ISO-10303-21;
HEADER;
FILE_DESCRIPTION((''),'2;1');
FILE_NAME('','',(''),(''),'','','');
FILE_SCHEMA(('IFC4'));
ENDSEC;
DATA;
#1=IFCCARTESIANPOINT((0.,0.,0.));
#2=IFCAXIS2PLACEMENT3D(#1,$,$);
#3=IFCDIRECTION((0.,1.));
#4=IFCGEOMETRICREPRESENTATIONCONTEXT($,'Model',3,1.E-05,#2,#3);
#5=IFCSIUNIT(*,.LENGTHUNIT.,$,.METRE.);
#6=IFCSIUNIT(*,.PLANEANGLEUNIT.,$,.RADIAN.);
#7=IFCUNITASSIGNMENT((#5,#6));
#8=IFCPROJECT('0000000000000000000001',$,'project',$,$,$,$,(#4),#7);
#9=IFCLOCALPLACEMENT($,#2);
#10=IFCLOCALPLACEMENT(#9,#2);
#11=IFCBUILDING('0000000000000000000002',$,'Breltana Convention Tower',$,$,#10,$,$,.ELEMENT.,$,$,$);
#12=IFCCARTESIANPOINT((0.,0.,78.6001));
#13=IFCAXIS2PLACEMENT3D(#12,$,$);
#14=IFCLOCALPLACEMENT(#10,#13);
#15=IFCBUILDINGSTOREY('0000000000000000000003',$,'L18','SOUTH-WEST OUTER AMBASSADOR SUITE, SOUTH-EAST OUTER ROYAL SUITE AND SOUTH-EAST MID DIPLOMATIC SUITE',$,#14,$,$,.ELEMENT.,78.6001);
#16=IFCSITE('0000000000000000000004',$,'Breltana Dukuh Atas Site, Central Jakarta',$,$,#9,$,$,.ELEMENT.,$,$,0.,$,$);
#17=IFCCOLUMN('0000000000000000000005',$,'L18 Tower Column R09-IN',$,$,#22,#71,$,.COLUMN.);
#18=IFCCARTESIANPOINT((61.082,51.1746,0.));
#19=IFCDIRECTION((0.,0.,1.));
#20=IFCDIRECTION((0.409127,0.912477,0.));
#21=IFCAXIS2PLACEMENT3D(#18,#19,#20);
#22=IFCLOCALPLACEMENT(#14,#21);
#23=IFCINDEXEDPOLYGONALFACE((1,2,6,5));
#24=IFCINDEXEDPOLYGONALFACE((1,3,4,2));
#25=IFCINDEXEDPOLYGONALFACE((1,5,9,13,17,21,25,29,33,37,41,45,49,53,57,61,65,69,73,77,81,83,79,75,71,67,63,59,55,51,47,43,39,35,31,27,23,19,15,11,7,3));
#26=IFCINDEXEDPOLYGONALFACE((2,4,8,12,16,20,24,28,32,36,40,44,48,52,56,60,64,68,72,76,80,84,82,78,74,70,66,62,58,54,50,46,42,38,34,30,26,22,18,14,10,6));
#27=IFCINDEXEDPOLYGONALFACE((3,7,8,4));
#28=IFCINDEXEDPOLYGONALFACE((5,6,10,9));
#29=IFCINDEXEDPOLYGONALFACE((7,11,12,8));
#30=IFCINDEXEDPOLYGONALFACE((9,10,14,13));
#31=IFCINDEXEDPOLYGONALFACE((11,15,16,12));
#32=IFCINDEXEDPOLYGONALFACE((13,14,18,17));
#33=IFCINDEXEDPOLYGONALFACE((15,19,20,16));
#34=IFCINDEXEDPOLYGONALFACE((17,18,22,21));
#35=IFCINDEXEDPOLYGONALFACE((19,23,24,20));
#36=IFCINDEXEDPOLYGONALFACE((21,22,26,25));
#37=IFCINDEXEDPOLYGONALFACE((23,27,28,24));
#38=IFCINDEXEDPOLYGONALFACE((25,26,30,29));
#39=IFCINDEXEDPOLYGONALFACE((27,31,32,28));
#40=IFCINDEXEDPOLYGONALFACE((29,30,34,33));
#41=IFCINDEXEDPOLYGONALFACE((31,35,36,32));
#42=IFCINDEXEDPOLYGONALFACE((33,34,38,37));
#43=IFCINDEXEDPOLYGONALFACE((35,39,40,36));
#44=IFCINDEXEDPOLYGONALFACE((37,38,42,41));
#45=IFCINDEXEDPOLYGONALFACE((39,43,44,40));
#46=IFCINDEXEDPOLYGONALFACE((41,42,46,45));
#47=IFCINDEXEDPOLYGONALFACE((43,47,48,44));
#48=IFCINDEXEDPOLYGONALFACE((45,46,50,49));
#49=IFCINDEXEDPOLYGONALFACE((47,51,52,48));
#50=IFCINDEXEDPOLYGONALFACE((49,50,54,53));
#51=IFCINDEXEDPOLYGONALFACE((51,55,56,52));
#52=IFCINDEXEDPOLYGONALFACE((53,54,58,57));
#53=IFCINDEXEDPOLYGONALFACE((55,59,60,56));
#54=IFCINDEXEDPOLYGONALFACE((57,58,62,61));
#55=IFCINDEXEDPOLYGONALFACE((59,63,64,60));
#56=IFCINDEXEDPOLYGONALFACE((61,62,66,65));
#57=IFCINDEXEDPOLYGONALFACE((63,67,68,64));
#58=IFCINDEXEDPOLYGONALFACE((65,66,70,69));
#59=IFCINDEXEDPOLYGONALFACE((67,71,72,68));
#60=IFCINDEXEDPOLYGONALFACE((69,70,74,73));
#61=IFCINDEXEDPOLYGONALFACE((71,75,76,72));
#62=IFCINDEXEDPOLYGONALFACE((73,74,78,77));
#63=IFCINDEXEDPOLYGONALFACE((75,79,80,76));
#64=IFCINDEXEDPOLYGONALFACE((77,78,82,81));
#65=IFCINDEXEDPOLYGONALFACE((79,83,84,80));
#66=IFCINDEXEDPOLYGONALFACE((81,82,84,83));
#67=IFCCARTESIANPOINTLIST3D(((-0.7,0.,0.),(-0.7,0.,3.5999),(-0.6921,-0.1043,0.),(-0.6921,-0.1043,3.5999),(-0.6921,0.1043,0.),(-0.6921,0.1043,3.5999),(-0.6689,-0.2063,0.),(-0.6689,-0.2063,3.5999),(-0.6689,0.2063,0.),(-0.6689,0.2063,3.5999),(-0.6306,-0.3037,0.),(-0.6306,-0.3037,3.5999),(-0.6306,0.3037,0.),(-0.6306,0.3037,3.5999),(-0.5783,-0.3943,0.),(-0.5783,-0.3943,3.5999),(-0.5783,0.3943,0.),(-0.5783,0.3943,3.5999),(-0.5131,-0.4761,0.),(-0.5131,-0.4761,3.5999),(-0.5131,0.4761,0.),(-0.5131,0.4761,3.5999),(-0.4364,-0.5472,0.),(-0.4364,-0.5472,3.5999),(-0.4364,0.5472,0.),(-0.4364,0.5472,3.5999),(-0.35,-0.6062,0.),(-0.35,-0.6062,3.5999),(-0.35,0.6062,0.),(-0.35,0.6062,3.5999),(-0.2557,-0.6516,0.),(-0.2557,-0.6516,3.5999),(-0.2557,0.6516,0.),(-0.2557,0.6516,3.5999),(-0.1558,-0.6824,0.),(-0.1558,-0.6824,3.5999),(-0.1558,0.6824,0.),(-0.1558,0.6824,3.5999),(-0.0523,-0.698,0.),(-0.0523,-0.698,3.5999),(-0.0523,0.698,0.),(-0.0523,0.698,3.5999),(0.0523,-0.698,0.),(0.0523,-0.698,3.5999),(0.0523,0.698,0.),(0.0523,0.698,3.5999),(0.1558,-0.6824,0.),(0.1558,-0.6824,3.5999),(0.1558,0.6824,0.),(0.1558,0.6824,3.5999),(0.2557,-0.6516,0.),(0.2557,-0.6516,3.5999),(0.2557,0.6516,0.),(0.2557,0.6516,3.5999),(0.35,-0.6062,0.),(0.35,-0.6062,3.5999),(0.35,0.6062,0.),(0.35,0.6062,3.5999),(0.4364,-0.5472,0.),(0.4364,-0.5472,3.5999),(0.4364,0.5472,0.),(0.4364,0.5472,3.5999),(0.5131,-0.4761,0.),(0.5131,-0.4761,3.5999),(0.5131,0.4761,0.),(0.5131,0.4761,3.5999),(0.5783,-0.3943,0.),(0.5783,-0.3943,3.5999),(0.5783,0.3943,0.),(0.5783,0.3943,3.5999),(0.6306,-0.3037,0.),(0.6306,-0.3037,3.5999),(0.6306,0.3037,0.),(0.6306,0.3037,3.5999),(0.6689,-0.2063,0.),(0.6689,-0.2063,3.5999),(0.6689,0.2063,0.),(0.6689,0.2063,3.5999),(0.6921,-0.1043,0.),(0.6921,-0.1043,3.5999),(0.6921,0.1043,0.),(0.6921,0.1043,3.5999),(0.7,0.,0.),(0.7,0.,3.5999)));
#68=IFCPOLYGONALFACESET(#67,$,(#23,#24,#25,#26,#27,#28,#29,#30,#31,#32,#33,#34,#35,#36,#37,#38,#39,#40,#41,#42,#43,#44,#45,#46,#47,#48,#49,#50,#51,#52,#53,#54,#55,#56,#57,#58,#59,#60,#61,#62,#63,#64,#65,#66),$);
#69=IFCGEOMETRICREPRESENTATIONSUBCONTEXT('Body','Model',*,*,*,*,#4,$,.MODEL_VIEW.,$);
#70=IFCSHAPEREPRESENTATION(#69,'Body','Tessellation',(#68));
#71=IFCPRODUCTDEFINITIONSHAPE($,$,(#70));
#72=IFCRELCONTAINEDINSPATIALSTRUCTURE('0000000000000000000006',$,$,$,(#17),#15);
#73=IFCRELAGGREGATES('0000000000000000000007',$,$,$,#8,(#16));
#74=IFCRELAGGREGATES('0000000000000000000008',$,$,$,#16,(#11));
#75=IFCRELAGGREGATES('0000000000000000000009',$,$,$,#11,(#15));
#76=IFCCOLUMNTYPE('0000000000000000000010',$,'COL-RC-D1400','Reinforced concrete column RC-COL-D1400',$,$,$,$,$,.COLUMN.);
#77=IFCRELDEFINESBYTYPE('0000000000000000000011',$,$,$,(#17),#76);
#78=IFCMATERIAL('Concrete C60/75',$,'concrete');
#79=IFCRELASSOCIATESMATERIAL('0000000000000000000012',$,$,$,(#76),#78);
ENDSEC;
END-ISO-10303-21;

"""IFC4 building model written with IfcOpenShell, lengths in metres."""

from ifc_helpers import new_model, si_unit, direction, frame, origin, origin_2d, place, context, subcontext, project, spatial, circle, extrude, source, transform, mapped, material, material_profile, profile_set, type_object, element, save


model = new_model("IFC4")

# Units and contexts
model_context = context("Model", 3, precision=1e-05, world=origin(), true_north=direction((0.0, 1.0)))
body_context = subcontext(model_context, "Body", "Model", "MODEL_VIEW")
ifc_project = project(units=[si_unit("LENGTHUNIT", "METRE"), si_unit("PLANEANGLEUNIT", "RADIAN")], contexts=[model_context])

# Site, building, storey
site_placement = place(None, origin())
site = spatial("IfcSite", under=ifc_project, at=site_placement, Name="Breltana Dukuh Atas Site, Central Jakarta", CompositionType="ELEMENT", RefElevation=0.0)
building_placement = place(site_placement, origin())
building = spatial("IfcBuilding", under=site, at=building_placement, Name="Breltana Convention Tower", CompositionType="ELEMENT")
storey_placement = place(building_placement, frame((0.0, 0.0, 78.6001)))
storey = spatial("IfcBuildingStorey", under=building, at=storey_placement, Name="L18", Description="SOUTH-WEST OUTER AMBASSADOR SUITE, SOUTH-EAST OUTER ROYAL SUITE AND SOUTH-EAST MID DIPLOMATIC SUITE", CompositionType="ELEMENT", Elevation=78.6001)

# Column
ifc_material_1 = material(Name="Concrete C60/75", Category="concrete")
ifc_material_profile_1 = material_profile(ifc_material_1, circle(Radius=0.7, at=origin_2d()), Name="RC-COL-D1400")
ifc_profile_set_1 = profile_set([ifc_material_profile_1], Name="Concrete C60/75")
column_type = type_object("IfcColumnType", Name="COL-RC-D1400", Description="Reinforced concrete column RC-COL-D1400", PredefinedType="COLUMN", material=ifc_profile_set_1)
shared_shape_1 = source(origin(), body_context, "Body", "SweptSolid", [
    extrude(circle(Radius=0.7, at=origin_2d()), origin(), (0.0, 0.0, 1.0), 3.5999),
])
for number, where, z_axis, x_axis, name in (
    (1, (61.082, 51.1746, 0.0), (0.0, 0.0, 1.0), (0.409127, 0.912477, 0.0), "L18 Tower Column R09-IN"),
):
    element("IfcColumn", number, at=place(storey_placement, frame(where, z_axis=z_axis, x_axis=x_axis)), inside=storey, type_object=column_type, Name=name, PredefinedType="COLUMN", context=body_context, shape_type="MappedRepresentation", body=[
        mapped(shared_shape_1, transform((0.0, 0.0, 0.0), scale=1.0)),
    ])

save(model, "model.ifc")
